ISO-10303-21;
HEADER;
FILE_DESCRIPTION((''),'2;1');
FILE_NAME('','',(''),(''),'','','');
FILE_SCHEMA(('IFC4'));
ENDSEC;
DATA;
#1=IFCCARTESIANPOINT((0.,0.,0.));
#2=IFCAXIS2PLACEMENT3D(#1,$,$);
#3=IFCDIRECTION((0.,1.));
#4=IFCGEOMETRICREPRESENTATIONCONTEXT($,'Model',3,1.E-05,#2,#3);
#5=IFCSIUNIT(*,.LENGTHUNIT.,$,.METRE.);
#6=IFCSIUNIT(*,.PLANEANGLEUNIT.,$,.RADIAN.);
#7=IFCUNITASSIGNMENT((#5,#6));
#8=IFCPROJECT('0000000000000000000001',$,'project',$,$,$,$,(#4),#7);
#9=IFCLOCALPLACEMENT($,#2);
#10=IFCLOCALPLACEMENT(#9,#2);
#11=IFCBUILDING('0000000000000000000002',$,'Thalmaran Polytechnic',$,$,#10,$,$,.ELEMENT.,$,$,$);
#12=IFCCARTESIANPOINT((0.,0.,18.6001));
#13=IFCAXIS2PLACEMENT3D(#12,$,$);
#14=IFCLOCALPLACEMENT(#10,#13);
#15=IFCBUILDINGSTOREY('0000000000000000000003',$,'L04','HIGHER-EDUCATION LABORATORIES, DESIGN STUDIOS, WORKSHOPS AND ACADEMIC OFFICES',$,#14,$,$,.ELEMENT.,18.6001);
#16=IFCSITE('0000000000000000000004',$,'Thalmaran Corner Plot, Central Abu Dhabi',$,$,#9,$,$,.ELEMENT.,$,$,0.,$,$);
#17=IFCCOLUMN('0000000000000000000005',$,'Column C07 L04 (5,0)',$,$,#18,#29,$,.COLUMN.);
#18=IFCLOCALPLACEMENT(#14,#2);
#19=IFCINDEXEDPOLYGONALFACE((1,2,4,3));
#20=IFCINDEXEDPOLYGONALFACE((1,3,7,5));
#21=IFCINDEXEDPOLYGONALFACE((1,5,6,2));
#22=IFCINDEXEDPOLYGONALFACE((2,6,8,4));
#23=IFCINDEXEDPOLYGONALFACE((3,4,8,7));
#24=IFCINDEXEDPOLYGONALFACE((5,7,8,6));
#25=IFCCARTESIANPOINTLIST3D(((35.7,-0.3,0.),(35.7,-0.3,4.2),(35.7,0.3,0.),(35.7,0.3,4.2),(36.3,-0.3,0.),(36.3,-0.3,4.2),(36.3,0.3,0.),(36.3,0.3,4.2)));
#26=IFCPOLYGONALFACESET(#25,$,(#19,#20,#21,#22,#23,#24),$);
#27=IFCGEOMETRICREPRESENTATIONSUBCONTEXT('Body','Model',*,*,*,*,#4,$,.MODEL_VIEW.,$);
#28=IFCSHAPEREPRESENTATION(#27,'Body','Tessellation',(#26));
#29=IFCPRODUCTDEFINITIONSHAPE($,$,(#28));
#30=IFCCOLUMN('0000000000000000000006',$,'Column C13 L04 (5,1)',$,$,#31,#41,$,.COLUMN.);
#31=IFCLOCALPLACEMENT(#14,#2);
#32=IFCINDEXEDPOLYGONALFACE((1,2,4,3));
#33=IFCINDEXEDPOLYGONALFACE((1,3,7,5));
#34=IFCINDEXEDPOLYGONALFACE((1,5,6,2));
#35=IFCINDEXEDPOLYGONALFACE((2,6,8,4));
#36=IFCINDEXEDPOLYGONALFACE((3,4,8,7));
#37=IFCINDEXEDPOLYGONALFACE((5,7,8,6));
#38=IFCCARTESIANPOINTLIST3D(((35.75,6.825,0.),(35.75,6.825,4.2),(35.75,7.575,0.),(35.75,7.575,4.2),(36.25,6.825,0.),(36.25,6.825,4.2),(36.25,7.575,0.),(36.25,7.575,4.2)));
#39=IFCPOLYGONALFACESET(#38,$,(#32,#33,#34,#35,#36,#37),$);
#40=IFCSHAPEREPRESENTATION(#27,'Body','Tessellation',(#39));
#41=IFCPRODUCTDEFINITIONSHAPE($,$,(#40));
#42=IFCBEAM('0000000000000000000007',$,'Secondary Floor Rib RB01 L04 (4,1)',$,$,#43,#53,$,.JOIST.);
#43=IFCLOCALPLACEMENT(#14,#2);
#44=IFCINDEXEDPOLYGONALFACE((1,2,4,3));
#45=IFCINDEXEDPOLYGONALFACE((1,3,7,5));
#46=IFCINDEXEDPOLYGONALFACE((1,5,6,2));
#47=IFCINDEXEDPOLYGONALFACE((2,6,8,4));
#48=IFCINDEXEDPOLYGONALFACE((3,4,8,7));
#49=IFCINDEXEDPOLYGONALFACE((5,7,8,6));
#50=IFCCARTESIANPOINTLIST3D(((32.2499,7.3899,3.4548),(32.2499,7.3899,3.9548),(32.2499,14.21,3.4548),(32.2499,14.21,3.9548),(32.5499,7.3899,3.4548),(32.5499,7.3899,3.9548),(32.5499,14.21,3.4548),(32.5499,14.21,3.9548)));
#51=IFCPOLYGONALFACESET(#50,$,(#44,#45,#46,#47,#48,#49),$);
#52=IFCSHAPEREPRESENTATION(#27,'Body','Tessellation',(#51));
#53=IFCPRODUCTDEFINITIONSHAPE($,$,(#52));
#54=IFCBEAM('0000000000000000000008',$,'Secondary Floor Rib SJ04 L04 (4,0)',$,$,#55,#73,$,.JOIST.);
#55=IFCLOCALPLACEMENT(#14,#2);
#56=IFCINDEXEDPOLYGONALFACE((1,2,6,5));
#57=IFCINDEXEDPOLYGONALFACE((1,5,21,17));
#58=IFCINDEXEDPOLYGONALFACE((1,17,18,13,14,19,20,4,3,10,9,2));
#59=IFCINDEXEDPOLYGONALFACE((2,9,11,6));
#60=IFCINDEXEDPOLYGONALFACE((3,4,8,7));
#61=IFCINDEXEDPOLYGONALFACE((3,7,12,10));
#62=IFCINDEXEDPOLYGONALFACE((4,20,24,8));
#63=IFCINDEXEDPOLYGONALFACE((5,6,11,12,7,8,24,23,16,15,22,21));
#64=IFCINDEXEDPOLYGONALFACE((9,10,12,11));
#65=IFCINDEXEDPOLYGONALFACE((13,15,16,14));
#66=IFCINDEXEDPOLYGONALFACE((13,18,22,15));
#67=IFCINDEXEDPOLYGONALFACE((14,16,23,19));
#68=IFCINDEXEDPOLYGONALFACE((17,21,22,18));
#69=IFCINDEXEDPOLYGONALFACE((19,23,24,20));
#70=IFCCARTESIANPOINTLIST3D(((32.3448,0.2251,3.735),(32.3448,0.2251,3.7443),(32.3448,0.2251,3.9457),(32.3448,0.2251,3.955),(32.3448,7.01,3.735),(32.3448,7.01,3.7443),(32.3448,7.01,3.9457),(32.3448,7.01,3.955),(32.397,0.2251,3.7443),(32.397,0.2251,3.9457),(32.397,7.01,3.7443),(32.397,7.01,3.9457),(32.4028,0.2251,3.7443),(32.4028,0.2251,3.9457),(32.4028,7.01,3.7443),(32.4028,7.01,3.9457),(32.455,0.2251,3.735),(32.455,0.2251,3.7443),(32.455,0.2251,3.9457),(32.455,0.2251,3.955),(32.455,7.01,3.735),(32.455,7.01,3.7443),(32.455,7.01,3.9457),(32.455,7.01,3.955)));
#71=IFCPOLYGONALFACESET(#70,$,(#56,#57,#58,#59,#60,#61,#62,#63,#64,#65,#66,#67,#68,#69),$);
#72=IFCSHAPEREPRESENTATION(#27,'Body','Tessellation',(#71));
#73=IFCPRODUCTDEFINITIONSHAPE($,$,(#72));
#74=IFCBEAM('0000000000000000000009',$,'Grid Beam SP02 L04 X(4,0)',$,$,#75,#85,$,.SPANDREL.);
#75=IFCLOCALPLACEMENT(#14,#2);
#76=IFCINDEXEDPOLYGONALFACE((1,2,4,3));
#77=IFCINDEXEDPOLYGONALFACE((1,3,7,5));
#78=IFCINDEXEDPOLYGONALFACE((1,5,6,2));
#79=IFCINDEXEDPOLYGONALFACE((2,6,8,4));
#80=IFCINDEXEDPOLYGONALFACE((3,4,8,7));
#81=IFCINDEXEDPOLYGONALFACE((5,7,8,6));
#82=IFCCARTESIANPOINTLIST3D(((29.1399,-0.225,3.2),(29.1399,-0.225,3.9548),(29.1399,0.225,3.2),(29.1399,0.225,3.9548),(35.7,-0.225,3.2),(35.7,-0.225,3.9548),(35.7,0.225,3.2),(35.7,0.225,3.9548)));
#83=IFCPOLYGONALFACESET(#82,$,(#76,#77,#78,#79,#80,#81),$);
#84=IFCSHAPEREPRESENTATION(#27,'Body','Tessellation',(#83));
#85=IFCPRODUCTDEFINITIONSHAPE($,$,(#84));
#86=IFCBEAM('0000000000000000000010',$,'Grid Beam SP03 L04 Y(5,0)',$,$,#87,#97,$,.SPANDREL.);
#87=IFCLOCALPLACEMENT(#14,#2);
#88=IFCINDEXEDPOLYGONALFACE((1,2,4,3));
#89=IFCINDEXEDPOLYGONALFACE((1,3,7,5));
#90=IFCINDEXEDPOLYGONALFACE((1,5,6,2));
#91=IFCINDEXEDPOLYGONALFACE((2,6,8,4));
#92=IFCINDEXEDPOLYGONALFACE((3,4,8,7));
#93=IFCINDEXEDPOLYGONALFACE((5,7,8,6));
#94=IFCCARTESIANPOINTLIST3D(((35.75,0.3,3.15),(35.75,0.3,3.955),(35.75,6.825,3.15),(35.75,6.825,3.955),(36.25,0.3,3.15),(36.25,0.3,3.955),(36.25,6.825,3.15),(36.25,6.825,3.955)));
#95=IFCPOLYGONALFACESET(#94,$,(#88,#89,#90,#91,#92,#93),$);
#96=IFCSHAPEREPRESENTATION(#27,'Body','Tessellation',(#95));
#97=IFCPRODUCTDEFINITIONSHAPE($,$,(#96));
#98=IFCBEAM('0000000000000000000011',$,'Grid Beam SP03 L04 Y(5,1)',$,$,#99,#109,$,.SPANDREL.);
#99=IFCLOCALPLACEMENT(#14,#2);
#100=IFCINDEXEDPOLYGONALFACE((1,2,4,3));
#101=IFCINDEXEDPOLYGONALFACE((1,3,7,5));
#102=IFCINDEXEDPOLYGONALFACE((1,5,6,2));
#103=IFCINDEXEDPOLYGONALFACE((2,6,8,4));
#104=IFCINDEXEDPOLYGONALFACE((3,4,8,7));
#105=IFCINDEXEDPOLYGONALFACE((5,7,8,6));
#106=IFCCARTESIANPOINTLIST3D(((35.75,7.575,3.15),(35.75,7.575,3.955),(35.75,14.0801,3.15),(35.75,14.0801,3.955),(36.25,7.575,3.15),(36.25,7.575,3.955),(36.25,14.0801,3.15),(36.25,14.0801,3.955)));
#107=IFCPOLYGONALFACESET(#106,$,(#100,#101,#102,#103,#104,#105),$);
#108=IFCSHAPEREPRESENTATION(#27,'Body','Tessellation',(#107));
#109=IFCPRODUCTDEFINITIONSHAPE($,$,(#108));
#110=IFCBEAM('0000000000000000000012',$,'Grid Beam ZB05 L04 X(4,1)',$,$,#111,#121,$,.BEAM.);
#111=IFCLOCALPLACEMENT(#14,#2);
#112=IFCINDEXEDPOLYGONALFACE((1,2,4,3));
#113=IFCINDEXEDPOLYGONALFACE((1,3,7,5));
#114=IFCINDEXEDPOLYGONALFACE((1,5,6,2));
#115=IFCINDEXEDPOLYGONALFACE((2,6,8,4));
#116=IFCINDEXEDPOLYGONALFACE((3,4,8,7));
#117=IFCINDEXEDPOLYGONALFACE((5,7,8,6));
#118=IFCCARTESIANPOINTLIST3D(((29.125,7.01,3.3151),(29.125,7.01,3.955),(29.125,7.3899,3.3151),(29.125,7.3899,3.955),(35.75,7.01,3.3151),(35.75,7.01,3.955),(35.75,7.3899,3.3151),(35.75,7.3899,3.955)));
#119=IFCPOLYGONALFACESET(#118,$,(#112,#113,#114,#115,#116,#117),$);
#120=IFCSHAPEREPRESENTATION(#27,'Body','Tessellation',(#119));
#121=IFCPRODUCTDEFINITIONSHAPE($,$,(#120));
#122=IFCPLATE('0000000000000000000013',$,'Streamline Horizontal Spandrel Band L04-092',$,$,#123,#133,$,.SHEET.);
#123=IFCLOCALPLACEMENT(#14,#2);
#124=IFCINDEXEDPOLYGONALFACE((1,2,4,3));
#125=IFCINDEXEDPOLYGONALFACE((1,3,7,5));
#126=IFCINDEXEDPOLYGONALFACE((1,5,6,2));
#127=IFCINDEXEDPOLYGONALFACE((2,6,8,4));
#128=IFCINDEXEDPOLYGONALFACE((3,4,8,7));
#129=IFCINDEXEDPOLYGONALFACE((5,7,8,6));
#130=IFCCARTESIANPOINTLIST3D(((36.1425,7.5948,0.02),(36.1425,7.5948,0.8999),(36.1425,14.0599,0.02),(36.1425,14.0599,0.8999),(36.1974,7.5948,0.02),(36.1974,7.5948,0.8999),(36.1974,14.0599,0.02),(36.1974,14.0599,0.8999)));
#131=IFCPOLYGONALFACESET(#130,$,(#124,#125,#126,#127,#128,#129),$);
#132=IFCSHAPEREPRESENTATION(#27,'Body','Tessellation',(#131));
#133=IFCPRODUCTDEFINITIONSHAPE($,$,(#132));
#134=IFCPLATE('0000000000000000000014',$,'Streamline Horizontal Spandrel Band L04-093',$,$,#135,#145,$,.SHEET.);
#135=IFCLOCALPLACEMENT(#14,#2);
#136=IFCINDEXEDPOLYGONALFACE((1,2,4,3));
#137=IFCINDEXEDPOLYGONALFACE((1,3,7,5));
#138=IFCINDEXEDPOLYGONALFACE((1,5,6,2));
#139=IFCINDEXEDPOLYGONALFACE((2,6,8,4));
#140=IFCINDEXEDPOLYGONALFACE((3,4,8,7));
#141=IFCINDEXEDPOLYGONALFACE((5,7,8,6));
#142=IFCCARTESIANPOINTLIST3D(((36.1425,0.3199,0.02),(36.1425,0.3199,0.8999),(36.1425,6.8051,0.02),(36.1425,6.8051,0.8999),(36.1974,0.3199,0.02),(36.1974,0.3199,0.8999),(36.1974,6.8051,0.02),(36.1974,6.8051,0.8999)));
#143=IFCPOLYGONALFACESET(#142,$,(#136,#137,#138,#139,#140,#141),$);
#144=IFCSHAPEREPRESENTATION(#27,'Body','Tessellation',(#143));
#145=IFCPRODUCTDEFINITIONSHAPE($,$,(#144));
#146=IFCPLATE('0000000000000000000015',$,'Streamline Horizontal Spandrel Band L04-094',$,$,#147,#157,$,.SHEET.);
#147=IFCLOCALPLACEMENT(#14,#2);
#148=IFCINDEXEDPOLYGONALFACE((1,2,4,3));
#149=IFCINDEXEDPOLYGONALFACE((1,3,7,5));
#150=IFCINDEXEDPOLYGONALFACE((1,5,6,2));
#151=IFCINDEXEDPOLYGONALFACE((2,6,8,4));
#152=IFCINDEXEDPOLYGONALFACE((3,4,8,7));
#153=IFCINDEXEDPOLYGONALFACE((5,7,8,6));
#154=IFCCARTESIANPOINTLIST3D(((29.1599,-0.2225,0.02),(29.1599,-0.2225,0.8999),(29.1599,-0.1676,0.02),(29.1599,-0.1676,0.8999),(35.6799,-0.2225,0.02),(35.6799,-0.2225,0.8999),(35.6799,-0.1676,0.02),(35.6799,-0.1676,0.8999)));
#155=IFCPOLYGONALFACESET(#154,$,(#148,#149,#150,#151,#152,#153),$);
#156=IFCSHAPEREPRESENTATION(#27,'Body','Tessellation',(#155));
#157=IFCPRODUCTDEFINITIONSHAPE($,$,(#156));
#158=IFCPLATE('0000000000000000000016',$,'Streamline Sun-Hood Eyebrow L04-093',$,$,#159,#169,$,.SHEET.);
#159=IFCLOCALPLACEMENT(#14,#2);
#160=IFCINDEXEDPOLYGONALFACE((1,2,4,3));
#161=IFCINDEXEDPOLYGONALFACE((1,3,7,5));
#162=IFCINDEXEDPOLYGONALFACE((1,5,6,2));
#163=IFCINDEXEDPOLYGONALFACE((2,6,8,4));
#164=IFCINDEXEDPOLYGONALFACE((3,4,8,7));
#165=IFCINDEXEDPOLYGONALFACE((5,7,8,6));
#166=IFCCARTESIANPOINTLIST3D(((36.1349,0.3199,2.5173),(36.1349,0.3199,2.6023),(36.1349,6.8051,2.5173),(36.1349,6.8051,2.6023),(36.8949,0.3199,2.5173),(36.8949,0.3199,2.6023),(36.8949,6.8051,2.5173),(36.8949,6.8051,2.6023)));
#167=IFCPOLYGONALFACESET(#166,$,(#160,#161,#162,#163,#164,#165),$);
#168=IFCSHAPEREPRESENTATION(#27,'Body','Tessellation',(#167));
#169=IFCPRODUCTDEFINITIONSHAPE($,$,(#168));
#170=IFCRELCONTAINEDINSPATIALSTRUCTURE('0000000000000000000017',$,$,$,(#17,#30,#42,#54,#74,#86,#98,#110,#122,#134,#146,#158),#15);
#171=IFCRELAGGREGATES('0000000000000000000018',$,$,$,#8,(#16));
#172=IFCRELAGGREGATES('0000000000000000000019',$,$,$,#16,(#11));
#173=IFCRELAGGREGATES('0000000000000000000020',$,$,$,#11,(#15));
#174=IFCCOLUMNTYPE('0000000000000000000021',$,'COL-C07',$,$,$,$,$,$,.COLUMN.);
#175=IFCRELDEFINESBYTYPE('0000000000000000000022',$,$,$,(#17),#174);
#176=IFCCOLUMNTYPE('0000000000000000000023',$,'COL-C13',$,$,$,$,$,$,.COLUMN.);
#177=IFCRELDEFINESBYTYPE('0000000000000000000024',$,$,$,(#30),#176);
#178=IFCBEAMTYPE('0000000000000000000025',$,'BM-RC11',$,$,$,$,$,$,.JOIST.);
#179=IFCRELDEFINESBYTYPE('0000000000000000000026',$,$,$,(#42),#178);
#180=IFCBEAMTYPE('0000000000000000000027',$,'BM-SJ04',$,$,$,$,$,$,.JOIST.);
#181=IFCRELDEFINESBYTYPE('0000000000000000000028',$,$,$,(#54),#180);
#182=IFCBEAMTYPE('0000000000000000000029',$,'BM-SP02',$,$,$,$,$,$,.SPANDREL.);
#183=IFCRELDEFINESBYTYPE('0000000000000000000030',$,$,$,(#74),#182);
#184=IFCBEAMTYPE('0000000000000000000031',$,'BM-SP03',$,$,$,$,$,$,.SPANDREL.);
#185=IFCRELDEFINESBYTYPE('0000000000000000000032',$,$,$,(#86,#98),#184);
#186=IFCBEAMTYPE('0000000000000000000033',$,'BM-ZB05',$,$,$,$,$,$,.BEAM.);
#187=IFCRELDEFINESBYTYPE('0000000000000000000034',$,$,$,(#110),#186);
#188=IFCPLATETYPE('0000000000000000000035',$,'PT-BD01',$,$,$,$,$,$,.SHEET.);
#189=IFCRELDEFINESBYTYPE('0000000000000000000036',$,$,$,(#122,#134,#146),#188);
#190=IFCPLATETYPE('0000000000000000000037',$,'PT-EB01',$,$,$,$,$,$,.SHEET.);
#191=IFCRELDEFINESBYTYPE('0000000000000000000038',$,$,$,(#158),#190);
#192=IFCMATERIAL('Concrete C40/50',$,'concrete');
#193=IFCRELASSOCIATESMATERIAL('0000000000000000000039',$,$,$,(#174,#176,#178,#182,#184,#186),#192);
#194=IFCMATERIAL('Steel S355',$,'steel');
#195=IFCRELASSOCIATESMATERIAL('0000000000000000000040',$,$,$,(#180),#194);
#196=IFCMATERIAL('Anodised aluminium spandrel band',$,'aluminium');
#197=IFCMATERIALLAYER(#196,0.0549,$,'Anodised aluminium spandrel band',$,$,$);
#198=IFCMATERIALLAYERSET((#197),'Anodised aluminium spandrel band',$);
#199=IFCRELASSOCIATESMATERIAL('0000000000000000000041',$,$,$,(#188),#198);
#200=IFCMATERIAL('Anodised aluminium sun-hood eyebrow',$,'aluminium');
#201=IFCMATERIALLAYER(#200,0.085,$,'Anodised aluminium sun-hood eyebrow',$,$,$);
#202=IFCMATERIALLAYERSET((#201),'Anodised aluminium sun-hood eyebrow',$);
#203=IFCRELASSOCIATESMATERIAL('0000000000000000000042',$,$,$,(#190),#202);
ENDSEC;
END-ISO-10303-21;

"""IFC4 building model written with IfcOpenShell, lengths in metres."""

from ifc_helpers import new_model, si_unit, direction, frame, origin, origin_2d, place, context, subcontext, project, spatial, rectangle, i_section, extrude, material, layer, layer_set, material_profile, profile_set, type_object, element, save


model = new_model("IFC4")

# Units and contexts
model_context = context("Model", 3, precision=1e-05, world=origin(), true_north=direction((0.0, 1.0)))
body_context = subcontext(model_context, "Body", "Model", "MODEL_VIEW")
ifc_project = project(units=[si_unit("LENGTHUNIT", "METRE"), si_unit("PLANEANGLEUNIT", "RADIAN")], contexts=[model_context])

# Site, building, storey
site_placement = place(None, origin())
site = spatial("IfcSite", under=ifc_project, at=site_placement, Name="Thalmaran Corner Plot, Central Abu Dhabi", CompositionType="ELEMENT", RefElevation=0.0)
building_placement = place(site_placement, origin())
building = spatial("IfcBuilding", under=site, at=building_placement, Name="Thalmaran Polytechnic", CompositionType="ELEMENT")
storey_placement = place(building_placement, frame((0.0, 0.0, 18.6001)))
storey = spatial("IfcBuildingStorey", under=building, at=storey_placement, Name="L04", Description="HIGHER-EDUCATION LABORATORIES, DESIGN STUDIOS, WORKSHOPS AND ACADEMIC OFFICES", CompositionType="ELEMENT", Elevation=18.6001)

# Columns
ifc_material_1 = material(Name="Concrete C40/50", Category="concrete")
ifc_material_profile_1 = material_profile(ifc_material_1, rectangle(XDim=0.6001, YDim=0.6001, at=origin_2d()), Name="RC 600x600")
ifc_profile_set_1 = profile_set([ifc_material_profile_1], Name="Concrete C40/50")
column_type_1 = type_object("IfcColumnType", Name="COL-C07", PredefinedType="COLUMN", material=ifc_profile_set_1)
column_1_placement = place(storey_placement, frame((36.0, 0.0, 0.0), z_axis=(0.0, 0.0, 1.0), x_axis=(1.0, 0.0, 0.0)))
element("IfcColumn", 1, at=column_1_placement, inside=storey, type_object=column_type_1, Name="Column C07 L04 (5,0)", PredefinedType="COLUMN", context=body_context, shape_type="SweptSolid", body=[
    extrude(rectangle(XDim=0.6001, YDim=0.6001, at=origin_2d()), origin(), (0.0, 0.0, 1.0), 4.2),
])
ifc_material_profile_2 = material_profile(ifc_material_1, rectangle(XDim=0.5, YDim=0.75, at=origin_2d()), Name="RC 500x750")
ifc_profile_set_2 = profile_set([ifc_material_profile_2], Name="Concrete C40/50")
column_type_2 = type_object("IfcColumnType", Name="COL-C13", PredefinedType="COLUMN", material=ifc_profile_set_2)
column_2_placement = place(storey_placement, frame((36.0, 7.2, 0.0), z_axis=(0.0, 0.0, 1.0), x_axis=(1.0, 0.0, 0.0)))
element("IfcColumn", 2, at=column_2_placement, inside=storey, type_object=column_type_2, Name="Column C13 L04 (5,1)", PredefinedType="COLUMN", context=body_context, shape_type="SweptSolid", body=[
    extrude(rectangle(XDim=0.5, YDim=0.75, at=origin_2d()), origin(), (0.0, 0.0, 1.0), 4.2),
])

# Beams
ifc_material_profile_3 = material_profile(ifc_material_1, rectangle(XDim=0.3, YDim=0.5, at=origin_2d()), Name="RC 300x500")
ifc_profile_set_3 = profile_set([ifc_material_profile_3], Name="Concrete C40/50")
beam_type_1 = type_object("IfcBeamType", Name="BM-RC11", PredefinedType="JOIST", material=ifc_profile_set_3)
beam_1_placement = place(storey_placement, frame((32.3999, 7.3899, 3.7048), z_axis=(0.0, 1.0, 0.0), x_axis=(-1.0, 0.0, 0.0)))
element("IfcBeam", 3, at=beam_1_placement, inside=storey, type_object=beam_type_1, Name="Secondary Floor Rib RB01 L04 (4,1)", PredefinedType="JOIST", context=body_context, shape_type="SweptSolid", body=[
    extrude(rectangle(XDim=0.3, YDim=0.5, at=origin_2d()), origin(), (0.0, 0.0, 1.0), 6.8201),
])
ifc_material_2 = material(Name="Steel S355", Category="steel")
ifc_material_profile_4 = material_profile(ifc_material_2, i_section(OverallWidth=0.1101, OverallDepth=0.22, WebThickness=0.0059, FlangeThickness=0.0093, at=origin_2d()), Name="IPE 220")
ifc_profile_set_4 = profile_set([ifc_material_profile_4], Name="Steel S355")
beam_type_2 = type_object("IfcBeamType", Name="BM-SJ04", PredefinedType="JOIST", material=ifc_profile_set_4)
beam_2_placement = place(storey_placement, frame((32.3999, 0.2251, 3.845), z_axis=(0.0, 1.0, 0.0), x_axis=(-1.0, 0.0, 0.0)))
element("IfcBeam", 4, at=beam_2_placement, inside=storey, type_object=beam_type_2, Name="Secondary Floor Rib SJ04 L04 (4,0)", PredefinedType="JOIST", context=body_context, shape_type="SweptSolid", body=[
    extrude(i_section(OverallWidth=0.1101, OverallDepth=0.22, WebThickness=0.0059, FlangeThickness=0.0093, at=origin_2d()), origin(), (0.0, 0.0, 1.0), 6.7849),
])
ifc_material_profile_5 = material_profile(ifc_material_1, rectangle(XDim=0.45, YDim=0.7549, at=origin_2d()), Name="RC 450x755")
ifc_profile_set_5 = profile_set([ifc_material_profile_5], Name="Concrete C40/50")
beam_type_3 = type_object("IfcBeamType", Name="BM-SP02", PredefinedType="SPANDREL", material=ifc_profile_set_5)
beam_3_placement = place(storey_placement, frame((29.1399, 0.0, 3.5774), z_axis=(1.0, 0.0, 0.0), x_axis=(0.0, 1.0, 0.0)))
element("IfcBeam", 5, at=beam_3_placement, inside=storey, type_object=beam_type_3, Name="Grid Beam SP02 L04 X(4,0)", PredefinedType="SPANDREL", context=body_context, shape_type="SweptSolid", body=[
    extrude(rectangle(XDim=0.45, YDim=0.7549, at=origin_2d()), origin(), (0.0, 0.0, 1.0), 6.5601),
])
ifc_material_profile_6 = material_profile(ifc_material_1, rectangle(XDim=0.5, YDim=0.8049, at=origin_2d()), Name="RC 500x805")
ifc_profile_set_6 = profile_set([ifc_material_profile_6], Name="Concrete C40/50")
beam_type_4 = type_object("IfcBeamType", Name="BM-SP03", PredefinedType="SPANDREL", material=ifc_profile_set_6)
beam_4_placement = place(storey_placement, frame((36.0, 0.3, 3.5525), z_axis=(0.0, 1.0, 0.0), x_axis=(-1.0, 0.0, 0.0)))
element("IfcBeam", 6, at=beam_4_placement, inside=storey, type_object=beam_type_4, Name="Grid Beam SP03 L04 Y(5,0)", PredefinedType="SPANDREL", context=body_context, shape_type="SweptSolid", body=[
    extrude(rectangle(XDim=0.5, YDim=0.8049, at=origin_2d()), origin(), (0.0, 0.0, 1.0), 6.5249),
])
beam_5_placement = place(storey_placement, frame((36.0, 7.575, 3.5525), z_axis=(0.0, 1.0, 0.0), x_axis=(-1.0, 0.0, 0.0)))
element("IfcBeam", 7, at=beam_5_placement, inside=storey, type_object=beam_type_4, Name="Grid Beam SP03 L04 Y(5,1)", PredefinedType="SPANDREL", context=body_context, shape_type="SweptSolid", body=[
    extrude(rectangle(XDim=0.5, YDim=0.8049, at=origin_2d()), origin(), (0.0, 0.0, 1.0), 6.5051),
])
ifc_material_profile_7 = material_profile(ifc_material_1, rectangle(XDim=0.3799, YDim=0.6399, at=origin_2d()), Name="RC 380x640")
ifc_profile_set_7 = profile_set([ifc_material_profile_7], Name="Concrete C40/50")
beam_type_5 = type_object("IfcBeamType", Name="BM-ZB05", PredefinedType="BEAM", material=ifc_profile_set_7)
beam_6_placement = place(storey_placement, frame((29.125, 7.2, 3.635), z_axis=(1.0, 0.0, 0.0), x_axis=(0.0, 1.0, 0.0)))
element("IfcBeam", 8, at=beam_6_placement, inside=storey, type_object=beam_type_5, Name="Grid Beam ZB05 L04 X(4,1)", PredefinedType="BEAM", context=body_context, shape_type="SweptSolid", body=[
    extrude(rectangle(XDim=0.3799, YDim=0.6399, at=origin_2d()), origin(), (0.0, 0.0, 1.0), 6.625),
])

# Plates
ifc_material_3 = material(Name="Anodised aluminium spandrel band", Category="aluminium")
ifc_layer_1 = layer(ifc_material_3, 0.0549, Name="Anodised aluminium spandrel band")
ifc_layer_set_1 = layer_set([ifc_layer_1], Name="Anodised aluminium spandrel band")
plate_type_1 = type_object("IfcPlateType", Name="PT-BD01", PredefinedType="SHEET", material=ifc_layer_set_1)
plate_1_placement = place(storey_placement, frame((36.1699, 10.8274, 0.02), z_axis=(0.0, 0.0, 1.0), x_axis=(0.0, -1.0, 0.0)))
element("IfcPlate", 9, at=plate_1_placement, inside=storey, type_object=plate_type_1, Name="Streamline Horizontal Spandrel Band L04-092", PredefinedType="SHEET", context=body_context, shape_type="SweptSolid", body=[
    extrude(rectangle(XDim=6.4651, YDim=0.0549, at=origin_2d()), origin(), (0.0, 0.0, 1.0), 0.8799),
])
plate_2_placement = place(storey_placement, frame((36.1699, 3.5625, 0.02), z_axis=(0.0, 0.0, 1.0), x_axis=(0.0, -1.0, 0.0)))
element("IfcPlate", 10, at=plate_2_placement, inside=storey, type_object=plate_type_1, Name="Streamline Horizontal Spandrel Band L04-093", PredefinedType="SHEET", context=body_context, shape_type="SweptSolid", body=[
    extrude(rectangle(XDim=6.4851, YDim=0.0549, at=origin_2d()), origin(), (0.0, 0.0, 1.0), 0.8799),
])
plate_3_placement = place(storey_placement, frame((32.4199, -0.1951, 0.02), z_axis=(0.0, 0.0, 1.0), x_axis=(-1.0, 0.0, 0.0)))
element("IfcPlate", 11, at=plate_3_placement, inside=storey, type_object=plate_type_1, Name="Streamline Horizontal Spandrel Band L04-094", PredefinedType="SHEET", context=body_context, shape_type="SweptSolid", body=[
    extrude(rectangle(XDim=6.52, YDim=0.0549, at=origin_2d()), origin(), (0.0, 0.0, 1.0), 0.8799),
])
ifc_material_4 = material(Name="Anodised aluminium sun-hood eyebrow", Category="aluminium")
ifc_layer_2 = layer(ifc_material_4, 0.085, Name="Anodised aluminium sun-hood eyebrow")
ifc_layer_set_2 = layer_set([ifc_layer_2], Name="Anodised aluminium sun-hood eyebrow")
plate_type_2 = type_object("IfcPlateType", Name="PT-EB01", PredefinedType="SHEET", material=ifc_layer_set_2)
plate_4_placement = place(storey_placement, frame((36.5149, 3.5625, 2.5173), z_axis=(0.0, 0.0, 1.0), x_axis=(0.0, -1.0, 0.0)))
element("IfcPlate", 12, at=plate_4_placement, inside=storey, type_object=plate_type_2, Name="Streamline Sun-Hood Eyebrow L04-093", PredefinedType="SHEET", context=body_context, shape_type="SweptSolid", body=[
    extrude(rectangle(XDim=6.4851, YDim=0.76, at=origin_2d()), origin(), (0.0, 0.0, 1.0), 0.085),
])

save(model, "model.ifc")
